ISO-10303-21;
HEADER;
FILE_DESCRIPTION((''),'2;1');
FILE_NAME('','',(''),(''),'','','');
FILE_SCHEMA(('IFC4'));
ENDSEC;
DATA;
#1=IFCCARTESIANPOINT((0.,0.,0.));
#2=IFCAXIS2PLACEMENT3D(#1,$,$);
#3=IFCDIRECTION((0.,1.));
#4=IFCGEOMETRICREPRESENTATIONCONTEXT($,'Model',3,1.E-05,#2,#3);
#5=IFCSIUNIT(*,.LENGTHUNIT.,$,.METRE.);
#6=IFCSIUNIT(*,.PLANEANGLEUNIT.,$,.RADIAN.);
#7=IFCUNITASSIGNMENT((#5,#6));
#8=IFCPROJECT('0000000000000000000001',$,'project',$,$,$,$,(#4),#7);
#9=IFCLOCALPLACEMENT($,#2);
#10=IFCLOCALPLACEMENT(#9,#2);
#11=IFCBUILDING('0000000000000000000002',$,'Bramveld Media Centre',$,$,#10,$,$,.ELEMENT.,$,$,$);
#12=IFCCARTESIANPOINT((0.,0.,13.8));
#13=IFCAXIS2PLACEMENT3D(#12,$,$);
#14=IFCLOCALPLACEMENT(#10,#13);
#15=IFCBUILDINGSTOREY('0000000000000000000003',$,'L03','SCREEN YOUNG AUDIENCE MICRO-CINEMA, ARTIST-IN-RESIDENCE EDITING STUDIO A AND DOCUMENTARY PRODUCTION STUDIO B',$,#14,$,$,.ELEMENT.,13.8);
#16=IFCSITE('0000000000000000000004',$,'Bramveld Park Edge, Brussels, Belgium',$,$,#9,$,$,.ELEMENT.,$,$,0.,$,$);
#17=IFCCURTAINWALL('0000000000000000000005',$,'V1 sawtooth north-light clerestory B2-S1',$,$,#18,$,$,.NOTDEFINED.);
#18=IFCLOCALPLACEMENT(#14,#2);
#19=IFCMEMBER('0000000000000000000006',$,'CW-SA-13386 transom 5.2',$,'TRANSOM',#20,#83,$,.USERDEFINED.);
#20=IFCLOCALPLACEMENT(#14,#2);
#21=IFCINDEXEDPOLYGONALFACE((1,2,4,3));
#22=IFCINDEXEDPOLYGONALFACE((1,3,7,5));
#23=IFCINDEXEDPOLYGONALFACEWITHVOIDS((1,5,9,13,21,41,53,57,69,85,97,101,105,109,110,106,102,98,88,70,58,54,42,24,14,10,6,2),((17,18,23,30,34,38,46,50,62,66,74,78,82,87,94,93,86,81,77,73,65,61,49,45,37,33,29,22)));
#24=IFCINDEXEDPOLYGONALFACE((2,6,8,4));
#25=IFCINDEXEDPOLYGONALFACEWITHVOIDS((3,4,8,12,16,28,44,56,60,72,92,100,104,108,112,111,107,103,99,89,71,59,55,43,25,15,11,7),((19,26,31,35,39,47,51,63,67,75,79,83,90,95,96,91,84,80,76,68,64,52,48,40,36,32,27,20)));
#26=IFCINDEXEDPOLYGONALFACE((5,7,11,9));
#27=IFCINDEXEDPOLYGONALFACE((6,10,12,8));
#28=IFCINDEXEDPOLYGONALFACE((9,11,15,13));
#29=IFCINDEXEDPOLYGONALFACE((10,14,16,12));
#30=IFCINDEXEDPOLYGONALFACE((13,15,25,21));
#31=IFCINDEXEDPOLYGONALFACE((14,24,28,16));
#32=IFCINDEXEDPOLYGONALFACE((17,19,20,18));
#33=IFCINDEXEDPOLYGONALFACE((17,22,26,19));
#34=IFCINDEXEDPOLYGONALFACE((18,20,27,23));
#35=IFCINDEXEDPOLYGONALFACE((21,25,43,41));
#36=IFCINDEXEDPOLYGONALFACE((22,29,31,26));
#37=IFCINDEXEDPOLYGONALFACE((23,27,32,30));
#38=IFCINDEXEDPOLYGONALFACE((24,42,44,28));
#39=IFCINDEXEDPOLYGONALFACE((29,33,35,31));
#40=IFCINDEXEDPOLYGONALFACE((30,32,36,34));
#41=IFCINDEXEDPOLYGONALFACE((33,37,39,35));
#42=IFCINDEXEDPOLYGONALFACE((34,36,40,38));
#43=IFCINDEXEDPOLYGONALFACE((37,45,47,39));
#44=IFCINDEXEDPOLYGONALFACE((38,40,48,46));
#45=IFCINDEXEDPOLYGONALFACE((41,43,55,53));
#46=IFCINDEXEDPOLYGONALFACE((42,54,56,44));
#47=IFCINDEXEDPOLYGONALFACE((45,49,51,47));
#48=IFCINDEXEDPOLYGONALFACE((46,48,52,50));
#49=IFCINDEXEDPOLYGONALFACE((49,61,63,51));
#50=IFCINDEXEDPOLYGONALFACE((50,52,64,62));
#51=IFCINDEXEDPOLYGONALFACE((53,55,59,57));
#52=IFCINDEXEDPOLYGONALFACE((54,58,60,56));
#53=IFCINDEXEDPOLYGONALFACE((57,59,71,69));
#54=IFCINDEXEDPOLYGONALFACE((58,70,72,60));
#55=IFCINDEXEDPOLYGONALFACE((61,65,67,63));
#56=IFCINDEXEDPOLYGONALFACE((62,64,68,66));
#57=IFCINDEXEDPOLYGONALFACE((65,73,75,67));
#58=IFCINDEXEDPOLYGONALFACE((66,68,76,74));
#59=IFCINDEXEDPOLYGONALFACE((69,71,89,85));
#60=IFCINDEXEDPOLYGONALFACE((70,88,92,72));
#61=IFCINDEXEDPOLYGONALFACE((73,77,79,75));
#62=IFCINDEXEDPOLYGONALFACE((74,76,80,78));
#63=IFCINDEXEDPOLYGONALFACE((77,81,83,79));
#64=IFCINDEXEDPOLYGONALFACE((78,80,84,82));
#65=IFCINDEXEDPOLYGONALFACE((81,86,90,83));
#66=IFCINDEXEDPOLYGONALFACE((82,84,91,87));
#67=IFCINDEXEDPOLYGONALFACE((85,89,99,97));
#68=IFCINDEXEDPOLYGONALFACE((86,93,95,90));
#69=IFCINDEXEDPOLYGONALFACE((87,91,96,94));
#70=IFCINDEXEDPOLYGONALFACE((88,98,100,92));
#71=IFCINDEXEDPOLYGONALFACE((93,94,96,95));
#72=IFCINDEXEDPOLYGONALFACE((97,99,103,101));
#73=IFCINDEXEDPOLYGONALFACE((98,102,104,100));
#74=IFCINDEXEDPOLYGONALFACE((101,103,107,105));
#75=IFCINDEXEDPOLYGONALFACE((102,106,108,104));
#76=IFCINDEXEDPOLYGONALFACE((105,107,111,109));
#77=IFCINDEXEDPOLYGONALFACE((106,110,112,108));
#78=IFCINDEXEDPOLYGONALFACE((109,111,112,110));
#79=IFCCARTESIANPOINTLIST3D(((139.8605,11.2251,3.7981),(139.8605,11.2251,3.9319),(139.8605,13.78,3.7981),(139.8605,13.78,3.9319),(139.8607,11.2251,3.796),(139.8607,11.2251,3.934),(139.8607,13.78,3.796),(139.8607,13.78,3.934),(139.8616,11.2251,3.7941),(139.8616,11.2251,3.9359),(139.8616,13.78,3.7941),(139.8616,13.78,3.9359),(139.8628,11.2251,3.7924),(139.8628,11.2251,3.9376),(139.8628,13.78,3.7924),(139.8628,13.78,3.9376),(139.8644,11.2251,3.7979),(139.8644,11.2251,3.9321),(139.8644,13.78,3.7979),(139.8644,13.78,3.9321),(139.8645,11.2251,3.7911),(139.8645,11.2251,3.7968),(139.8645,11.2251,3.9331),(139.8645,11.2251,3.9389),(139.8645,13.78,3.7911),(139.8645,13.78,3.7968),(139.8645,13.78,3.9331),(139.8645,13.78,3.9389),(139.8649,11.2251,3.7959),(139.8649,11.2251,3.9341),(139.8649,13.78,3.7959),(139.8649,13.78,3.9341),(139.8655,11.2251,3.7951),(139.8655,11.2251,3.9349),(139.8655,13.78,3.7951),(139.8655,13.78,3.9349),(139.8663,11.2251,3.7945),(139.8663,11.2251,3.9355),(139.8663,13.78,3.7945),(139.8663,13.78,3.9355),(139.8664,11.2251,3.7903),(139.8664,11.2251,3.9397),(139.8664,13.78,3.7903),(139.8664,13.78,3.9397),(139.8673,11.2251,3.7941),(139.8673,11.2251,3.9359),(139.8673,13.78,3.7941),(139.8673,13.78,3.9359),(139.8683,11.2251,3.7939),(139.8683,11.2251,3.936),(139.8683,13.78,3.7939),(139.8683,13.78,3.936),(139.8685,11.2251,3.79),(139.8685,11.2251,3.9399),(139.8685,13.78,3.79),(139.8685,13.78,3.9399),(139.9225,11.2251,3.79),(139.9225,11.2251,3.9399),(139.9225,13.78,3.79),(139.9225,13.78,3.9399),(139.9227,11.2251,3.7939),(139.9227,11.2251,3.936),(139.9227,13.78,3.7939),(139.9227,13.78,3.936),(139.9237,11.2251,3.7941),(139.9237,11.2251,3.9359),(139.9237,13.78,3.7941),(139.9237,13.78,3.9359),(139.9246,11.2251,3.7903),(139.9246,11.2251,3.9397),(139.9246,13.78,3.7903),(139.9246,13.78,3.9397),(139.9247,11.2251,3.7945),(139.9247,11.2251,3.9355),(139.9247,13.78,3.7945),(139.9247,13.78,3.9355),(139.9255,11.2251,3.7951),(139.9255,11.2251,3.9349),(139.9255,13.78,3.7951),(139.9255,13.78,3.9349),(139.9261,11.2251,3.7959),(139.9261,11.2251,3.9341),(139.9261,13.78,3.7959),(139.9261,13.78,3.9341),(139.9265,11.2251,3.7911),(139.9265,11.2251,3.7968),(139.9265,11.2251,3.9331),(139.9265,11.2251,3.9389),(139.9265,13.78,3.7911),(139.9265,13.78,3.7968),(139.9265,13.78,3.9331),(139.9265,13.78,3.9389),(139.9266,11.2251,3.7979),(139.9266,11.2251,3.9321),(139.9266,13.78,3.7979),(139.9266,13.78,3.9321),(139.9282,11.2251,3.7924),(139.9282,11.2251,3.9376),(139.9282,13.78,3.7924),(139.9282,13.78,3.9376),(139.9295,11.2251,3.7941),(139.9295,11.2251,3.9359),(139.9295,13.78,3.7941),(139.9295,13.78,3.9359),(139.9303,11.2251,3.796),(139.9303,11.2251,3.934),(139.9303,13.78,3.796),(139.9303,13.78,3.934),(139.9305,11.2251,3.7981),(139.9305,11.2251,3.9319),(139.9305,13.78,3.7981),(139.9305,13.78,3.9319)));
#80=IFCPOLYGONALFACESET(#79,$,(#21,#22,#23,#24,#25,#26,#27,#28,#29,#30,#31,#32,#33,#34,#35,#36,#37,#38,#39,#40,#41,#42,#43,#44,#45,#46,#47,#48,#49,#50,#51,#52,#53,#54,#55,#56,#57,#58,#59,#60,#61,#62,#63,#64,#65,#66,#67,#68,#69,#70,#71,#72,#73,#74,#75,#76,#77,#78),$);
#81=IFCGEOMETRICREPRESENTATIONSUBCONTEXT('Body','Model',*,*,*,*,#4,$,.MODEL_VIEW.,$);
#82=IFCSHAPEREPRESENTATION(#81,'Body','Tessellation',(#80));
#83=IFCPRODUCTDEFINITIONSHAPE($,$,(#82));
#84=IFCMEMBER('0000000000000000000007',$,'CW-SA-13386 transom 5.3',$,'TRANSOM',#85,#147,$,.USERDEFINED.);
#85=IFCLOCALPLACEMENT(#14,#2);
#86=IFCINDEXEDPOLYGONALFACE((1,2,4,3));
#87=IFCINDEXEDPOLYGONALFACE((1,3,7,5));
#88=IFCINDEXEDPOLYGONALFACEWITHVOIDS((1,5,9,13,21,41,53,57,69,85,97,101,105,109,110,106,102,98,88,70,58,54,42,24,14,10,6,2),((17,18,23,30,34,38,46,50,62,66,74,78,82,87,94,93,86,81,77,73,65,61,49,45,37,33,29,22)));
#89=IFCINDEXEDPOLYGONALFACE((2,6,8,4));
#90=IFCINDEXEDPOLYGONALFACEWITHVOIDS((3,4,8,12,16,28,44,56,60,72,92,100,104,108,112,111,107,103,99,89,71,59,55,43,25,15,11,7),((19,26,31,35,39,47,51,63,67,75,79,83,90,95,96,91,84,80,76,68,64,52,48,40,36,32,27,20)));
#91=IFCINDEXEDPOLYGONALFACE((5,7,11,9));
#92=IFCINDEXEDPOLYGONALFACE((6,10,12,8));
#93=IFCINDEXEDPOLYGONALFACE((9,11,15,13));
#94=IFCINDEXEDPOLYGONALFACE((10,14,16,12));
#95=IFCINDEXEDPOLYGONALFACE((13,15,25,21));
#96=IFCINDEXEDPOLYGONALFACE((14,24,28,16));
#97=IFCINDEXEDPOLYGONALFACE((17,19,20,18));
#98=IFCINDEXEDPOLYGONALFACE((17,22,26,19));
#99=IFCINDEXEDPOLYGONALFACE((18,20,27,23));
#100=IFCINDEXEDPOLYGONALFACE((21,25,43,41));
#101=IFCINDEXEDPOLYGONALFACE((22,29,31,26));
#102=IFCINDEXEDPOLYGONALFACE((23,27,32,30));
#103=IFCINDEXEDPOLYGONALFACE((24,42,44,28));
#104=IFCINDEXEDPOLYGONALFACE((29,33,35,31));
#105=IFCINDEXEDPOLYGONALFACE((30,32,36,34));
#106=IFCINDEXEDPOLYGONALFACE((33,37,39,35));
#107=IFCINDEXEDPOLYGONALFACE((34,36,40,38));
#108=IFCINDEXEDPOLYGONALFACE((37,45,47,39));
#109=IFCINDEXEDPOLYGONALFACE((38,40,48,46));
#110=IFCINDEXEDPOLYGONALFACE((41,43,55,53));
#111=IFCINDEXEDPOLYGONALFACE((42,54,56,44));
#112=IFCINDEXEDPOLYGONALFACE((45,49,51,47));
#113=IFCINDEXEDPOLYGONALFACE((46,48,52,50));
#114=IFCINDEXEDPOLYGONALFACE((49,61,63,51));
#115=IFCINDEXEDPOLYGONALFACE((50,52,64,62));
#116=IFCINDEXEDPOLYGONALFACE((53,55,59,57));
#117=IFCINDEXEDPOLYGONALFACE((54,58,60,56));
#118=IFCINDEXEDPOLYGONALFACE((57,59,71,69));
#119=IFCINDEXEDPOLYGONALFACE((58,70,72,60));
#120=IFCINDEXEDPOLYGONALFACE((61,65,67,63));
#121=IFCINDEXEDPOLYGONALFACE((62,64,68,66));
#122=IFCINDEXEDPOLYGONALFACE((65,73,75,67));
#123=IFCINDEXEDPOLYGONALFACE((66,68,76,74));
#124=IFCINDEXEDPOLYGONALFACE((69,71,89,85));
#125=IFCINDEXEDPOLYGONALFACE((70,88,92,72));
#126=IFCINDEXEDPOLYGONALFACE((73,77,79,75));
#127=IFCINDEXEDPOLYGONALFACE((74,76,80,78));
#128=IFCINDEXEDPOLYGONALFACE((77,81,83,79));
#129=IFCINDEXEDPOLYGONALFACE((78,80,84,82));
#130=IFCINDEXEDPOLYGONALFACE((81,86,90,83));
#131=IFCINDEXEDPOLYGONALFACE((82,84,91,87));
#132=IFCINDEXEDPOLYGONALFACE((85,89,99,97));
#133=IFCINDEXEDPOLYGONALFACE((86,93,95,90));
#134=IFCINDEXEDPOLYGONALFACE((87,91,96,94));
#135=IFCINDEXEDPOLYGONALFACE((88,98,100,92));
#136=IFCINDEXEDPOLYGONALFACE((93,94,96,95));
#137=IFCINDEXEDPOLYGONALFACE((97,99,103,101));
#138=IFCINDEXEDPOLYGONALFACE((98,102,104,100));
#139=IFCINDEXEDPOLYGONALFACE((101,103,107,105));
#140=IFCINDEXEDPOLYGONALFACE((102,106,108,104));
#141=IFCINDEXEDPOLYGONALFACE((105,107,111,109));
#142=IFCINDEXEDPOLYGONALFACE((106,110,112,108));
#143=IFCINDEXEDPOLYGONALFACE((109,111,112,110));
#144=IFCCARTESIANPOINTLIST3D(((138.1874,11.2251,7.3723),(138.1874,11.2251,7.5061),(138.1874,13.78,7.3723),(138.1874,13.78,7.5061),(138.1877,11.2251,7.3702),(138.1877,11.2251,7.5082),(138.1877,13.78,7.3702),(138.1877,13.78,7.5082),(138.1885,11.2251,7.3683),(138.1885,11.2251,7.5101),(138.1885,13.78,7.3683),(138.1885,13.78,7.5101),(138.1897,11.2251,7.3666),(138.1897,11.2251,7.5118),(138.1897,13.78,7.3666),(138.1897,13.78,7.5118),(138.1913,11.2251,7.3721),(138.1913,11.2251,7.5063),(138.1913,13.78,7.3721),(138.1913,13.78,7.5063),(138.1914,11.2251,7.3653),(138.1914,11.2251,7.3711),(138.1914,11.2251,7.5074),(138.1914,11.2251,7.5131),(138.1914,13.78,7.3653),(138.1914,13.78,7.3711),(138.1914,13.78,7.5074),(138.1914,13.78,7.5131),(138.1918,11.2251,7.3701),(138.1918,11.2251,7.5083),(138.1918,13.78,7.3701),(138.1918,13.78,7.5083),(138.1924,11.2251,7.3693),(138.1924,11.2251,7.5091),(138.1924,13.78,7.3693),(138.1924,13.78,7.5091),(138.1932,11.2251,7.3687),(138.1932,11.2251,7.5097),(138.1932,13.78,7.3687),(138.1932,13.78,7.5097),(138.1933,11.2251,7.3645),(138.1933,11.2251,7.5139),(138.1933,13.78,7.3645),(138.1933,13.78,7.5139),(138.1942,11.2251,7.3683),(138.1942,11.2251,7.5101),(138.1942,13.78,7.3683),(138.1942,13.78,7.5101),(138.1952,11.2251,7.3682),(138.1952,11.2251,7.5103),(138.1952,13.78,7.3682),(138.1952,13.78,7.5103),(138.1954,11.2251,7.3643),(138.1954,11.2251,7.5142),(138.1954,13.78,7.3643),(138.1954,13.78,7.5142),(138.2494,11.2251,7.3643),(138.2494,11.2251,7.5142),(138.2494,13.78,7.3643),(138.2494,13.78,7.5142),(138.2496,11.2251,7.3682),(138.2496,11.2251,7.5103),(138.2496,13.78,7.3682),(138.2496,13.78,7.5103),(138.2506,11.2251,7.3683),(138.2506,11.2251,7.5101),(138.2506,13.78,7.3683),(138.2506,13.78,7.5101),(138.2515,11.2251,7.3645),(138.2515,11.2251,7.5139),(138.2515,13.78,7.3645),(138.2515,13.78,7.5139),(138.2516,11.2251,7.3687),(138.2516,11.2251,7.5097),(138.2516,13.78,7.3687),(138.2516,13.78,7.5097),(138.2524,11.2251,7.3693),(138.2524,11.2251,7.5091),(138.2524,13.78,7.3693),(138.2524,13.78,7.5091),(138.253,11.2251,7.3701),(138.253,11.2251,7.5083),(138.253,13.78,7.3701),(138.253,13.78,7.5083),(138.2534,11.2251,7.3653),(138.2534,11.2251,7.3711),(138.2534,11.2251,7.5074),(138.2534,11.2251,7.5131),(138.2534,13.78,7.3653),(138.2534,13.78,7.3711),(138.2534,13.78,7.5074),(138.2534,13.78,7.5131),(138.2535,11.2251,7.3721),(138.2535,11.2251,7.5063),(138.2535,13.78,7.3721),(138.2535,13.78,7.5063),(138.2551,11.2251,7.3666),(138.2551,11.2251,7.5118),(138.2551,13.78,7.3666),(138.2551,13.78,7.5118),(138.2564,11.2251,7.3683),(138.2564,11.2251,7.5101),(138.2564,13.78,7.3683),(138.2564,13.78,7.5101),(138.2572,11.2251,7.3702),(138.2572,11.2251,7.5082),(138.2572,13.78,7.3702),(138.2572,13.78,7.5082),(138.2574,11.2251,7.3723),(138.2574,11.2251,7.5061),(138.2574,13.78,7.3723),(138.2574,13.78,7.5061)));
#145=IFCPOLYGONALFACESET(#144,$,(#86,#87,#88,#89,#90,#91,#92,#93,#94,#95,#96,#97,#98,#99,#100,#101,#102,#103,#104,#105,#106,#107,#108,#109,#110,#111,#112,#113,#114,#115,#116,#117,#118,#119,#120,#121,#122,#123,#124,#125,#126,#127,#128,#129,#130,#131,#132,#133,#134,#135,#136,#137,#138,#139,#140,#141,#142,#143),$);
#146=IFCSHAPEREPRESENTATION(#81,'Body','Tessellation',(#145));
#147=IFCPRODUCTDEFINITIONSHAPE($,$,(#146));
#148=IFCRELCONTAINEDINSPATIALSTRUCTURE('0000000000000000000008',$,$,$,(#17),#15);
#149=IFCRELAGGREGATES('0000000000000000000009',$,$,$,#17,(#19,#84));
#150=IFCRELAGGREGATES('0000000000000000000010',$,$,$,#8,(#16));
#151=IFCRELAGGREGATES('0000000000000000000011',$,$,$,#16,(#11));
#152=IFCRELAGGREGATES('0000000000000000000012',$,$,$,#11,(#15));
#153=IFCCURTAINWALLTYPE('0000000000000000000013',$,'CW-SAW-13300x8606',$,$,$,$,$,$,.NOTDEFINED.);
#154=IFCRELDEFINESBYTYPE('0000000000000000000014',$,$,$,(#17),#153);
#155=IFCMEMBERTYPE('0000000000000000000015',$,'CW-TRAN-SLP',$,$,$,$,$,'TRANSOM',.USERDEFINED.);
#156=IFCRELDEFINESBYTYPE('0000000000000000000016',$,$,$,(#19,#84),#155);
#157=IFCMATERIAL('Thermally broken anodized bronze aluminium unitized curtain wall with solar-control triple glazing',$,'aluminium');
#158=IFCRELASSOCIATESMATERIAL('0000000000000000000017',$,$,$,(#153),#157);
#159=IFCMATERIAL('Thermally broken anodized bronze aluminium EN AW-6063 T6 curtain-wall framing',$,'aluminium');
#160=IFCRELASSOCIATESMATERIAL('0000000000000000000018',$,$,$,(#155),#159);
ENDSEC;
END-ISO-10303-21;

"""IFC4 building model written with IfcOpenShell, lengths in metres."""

from ifc_helpers import new_model, si_unit, direction, frame, origin, origin_2d, place, context, subcontext, project, spatial, hollow_rectangle, extrude, material, material_profile, profile_set, type_object, element, aggregate, save


model = new_model("IFC4")

# Units and contexts
model_context = context("Model", 3, precision=1e-05, world=origin(), true_north=direction((0.0, 1.0)))
body_context = subcontext(model_context, "Body", "Model", "MODEL_VIEW")
ifc_project = project(units=[si_unit("LENGTHUNIT", "METRE"), si_unit("PLANEANGLEUNIT", "RADIAN")], contexts=[model_context])

# Site, building, storey
site_placement = place(None, origin())
site = spatial("IfcSite", under=ifc_project, at=site_placement, Name="Bramveld Park Edge, Brussels, Belgium", CompositionType="ELEMENT", RefElevation=0.0)
building_placement = place(site_placement, origin())
building = spatial("IfcBuilding", under=site, at=building_placement, Name="Bramveld Media Centre", CompositionType="ELEMENT")
storey_placement = place(building_placement, frame((0.0, 0.0, 13.8)))
storey = spatial("IfcBuildingStorey", under=building, at=storey_placement, Name="L03", Description="SCREEN YOUNG AUDIENCE MICRO-CINEMA, ARTIST-IN-RESIDENCE EDITING STUDIO A AND DOCUMENTARY PRODUCTION STUDIO B", CompositionType="ELEMENT", Elevation=13.8)

# Curtain wall, members
ifc_material_1 = material(Name="Thermally broken anodized bronze aluminium unitized curtain wall with solar-control triple glazing", Category="aluminium")
curtain_wall_type = type_object("IfcCurtainWallType", Name="CW-SAW-13300x8606", PredefinedType="NOTDEFINED", material=ifc_material_1)
curtain_wall_1_placement = place(storey_placement, origin())
curtain_wall_1 = element("IfcCurtainWall", 1, at=curtain_wall_1_placement, inside=storey, type_object=curtain_wall_type, Name="V1 sawtooth north-light clerestory B2-S1", PredefinedType="NOTDEFINED")
ifc_material_2 = material(Name="Thermally broken anodized bronze aluminium EN AW-6063 T6 curtain-wall framing", Category="aluminium")
ifc_material_profile_1 = material_profile(ifc_material_2, hollow_rectangle(XDim=0.0701, YDim=0.1499, WallThickness=0.0039, InnerFilletRadius=0.0039, OuterFilletRadius=0.0081, at=origin_2d()), Name="AL-TRAN 70x150")
ifc_profile_set_1 = profile_set([ifc_material_profile_1], Name="Thermally broken anodized bronze aluminium EN AW-6063 T6 curtain-wall framing")
member_type_1 = type_object("IfcMemberType", Name="CW-TRAN-SLP", ElementType="TRANSOM", PredefinedType="USERDEFINED", material=ifc_profile_set_1)
member_1_placement = place(storey_placement, frame((139.8955, 11.2251, 3.865), z_axis=(0.0, 1.0, 0.0), x_axis=(-1.0, 0.0, 0.0)))
member_1 = element("IfcMember", 2, at=member_1_placement, type_object=member_type_1, Name="CW-SA-13386 transom 5.2", ObjectType="TRANSOM", PredefinedType="USERDEFINED", context=body_context, shape_type="SweptSolid", body=[
    extrude(hollow_rectangle(XDim=0.0701, YDim=0.1499, WallThickness=0.0039, InnerFilletRadius=0.0039, OuterFilletRadius=0.0081, at=origin_2d()), origin(), (0.0, 0.0, 1.0), 2.5549),
])
member_2_placement = place(storey_placement, frame((138.2224, 11.2251, 7.4392), z_axis=(0.0, 1.0, 0.0), x_axis=(-1.0, 0.0, 0.0)))
member_2 = element("IfcMember", 3, at=member_2_placement, type_object=member_type_1, Name="CW-SA-13386 transom 5.3", ObjectType="TRANSOM", PredefinedType="USERDEFINED", context=body_context, shape_type="SweptSolid", body=[
    extrude(hollow_rectangle(XDim=0.0701, YDim=0.1499, WallThickness=0.0039, InnerFilletRadius=0.0039, OuterFilletRadius=0.0081, at=origin_2d()), origin(), (0.0, 0.0, 1.0), 2.5549),
])

aggregate(curtain_wall_1, [member_1, member_2])

save(model, "model.ifc")
